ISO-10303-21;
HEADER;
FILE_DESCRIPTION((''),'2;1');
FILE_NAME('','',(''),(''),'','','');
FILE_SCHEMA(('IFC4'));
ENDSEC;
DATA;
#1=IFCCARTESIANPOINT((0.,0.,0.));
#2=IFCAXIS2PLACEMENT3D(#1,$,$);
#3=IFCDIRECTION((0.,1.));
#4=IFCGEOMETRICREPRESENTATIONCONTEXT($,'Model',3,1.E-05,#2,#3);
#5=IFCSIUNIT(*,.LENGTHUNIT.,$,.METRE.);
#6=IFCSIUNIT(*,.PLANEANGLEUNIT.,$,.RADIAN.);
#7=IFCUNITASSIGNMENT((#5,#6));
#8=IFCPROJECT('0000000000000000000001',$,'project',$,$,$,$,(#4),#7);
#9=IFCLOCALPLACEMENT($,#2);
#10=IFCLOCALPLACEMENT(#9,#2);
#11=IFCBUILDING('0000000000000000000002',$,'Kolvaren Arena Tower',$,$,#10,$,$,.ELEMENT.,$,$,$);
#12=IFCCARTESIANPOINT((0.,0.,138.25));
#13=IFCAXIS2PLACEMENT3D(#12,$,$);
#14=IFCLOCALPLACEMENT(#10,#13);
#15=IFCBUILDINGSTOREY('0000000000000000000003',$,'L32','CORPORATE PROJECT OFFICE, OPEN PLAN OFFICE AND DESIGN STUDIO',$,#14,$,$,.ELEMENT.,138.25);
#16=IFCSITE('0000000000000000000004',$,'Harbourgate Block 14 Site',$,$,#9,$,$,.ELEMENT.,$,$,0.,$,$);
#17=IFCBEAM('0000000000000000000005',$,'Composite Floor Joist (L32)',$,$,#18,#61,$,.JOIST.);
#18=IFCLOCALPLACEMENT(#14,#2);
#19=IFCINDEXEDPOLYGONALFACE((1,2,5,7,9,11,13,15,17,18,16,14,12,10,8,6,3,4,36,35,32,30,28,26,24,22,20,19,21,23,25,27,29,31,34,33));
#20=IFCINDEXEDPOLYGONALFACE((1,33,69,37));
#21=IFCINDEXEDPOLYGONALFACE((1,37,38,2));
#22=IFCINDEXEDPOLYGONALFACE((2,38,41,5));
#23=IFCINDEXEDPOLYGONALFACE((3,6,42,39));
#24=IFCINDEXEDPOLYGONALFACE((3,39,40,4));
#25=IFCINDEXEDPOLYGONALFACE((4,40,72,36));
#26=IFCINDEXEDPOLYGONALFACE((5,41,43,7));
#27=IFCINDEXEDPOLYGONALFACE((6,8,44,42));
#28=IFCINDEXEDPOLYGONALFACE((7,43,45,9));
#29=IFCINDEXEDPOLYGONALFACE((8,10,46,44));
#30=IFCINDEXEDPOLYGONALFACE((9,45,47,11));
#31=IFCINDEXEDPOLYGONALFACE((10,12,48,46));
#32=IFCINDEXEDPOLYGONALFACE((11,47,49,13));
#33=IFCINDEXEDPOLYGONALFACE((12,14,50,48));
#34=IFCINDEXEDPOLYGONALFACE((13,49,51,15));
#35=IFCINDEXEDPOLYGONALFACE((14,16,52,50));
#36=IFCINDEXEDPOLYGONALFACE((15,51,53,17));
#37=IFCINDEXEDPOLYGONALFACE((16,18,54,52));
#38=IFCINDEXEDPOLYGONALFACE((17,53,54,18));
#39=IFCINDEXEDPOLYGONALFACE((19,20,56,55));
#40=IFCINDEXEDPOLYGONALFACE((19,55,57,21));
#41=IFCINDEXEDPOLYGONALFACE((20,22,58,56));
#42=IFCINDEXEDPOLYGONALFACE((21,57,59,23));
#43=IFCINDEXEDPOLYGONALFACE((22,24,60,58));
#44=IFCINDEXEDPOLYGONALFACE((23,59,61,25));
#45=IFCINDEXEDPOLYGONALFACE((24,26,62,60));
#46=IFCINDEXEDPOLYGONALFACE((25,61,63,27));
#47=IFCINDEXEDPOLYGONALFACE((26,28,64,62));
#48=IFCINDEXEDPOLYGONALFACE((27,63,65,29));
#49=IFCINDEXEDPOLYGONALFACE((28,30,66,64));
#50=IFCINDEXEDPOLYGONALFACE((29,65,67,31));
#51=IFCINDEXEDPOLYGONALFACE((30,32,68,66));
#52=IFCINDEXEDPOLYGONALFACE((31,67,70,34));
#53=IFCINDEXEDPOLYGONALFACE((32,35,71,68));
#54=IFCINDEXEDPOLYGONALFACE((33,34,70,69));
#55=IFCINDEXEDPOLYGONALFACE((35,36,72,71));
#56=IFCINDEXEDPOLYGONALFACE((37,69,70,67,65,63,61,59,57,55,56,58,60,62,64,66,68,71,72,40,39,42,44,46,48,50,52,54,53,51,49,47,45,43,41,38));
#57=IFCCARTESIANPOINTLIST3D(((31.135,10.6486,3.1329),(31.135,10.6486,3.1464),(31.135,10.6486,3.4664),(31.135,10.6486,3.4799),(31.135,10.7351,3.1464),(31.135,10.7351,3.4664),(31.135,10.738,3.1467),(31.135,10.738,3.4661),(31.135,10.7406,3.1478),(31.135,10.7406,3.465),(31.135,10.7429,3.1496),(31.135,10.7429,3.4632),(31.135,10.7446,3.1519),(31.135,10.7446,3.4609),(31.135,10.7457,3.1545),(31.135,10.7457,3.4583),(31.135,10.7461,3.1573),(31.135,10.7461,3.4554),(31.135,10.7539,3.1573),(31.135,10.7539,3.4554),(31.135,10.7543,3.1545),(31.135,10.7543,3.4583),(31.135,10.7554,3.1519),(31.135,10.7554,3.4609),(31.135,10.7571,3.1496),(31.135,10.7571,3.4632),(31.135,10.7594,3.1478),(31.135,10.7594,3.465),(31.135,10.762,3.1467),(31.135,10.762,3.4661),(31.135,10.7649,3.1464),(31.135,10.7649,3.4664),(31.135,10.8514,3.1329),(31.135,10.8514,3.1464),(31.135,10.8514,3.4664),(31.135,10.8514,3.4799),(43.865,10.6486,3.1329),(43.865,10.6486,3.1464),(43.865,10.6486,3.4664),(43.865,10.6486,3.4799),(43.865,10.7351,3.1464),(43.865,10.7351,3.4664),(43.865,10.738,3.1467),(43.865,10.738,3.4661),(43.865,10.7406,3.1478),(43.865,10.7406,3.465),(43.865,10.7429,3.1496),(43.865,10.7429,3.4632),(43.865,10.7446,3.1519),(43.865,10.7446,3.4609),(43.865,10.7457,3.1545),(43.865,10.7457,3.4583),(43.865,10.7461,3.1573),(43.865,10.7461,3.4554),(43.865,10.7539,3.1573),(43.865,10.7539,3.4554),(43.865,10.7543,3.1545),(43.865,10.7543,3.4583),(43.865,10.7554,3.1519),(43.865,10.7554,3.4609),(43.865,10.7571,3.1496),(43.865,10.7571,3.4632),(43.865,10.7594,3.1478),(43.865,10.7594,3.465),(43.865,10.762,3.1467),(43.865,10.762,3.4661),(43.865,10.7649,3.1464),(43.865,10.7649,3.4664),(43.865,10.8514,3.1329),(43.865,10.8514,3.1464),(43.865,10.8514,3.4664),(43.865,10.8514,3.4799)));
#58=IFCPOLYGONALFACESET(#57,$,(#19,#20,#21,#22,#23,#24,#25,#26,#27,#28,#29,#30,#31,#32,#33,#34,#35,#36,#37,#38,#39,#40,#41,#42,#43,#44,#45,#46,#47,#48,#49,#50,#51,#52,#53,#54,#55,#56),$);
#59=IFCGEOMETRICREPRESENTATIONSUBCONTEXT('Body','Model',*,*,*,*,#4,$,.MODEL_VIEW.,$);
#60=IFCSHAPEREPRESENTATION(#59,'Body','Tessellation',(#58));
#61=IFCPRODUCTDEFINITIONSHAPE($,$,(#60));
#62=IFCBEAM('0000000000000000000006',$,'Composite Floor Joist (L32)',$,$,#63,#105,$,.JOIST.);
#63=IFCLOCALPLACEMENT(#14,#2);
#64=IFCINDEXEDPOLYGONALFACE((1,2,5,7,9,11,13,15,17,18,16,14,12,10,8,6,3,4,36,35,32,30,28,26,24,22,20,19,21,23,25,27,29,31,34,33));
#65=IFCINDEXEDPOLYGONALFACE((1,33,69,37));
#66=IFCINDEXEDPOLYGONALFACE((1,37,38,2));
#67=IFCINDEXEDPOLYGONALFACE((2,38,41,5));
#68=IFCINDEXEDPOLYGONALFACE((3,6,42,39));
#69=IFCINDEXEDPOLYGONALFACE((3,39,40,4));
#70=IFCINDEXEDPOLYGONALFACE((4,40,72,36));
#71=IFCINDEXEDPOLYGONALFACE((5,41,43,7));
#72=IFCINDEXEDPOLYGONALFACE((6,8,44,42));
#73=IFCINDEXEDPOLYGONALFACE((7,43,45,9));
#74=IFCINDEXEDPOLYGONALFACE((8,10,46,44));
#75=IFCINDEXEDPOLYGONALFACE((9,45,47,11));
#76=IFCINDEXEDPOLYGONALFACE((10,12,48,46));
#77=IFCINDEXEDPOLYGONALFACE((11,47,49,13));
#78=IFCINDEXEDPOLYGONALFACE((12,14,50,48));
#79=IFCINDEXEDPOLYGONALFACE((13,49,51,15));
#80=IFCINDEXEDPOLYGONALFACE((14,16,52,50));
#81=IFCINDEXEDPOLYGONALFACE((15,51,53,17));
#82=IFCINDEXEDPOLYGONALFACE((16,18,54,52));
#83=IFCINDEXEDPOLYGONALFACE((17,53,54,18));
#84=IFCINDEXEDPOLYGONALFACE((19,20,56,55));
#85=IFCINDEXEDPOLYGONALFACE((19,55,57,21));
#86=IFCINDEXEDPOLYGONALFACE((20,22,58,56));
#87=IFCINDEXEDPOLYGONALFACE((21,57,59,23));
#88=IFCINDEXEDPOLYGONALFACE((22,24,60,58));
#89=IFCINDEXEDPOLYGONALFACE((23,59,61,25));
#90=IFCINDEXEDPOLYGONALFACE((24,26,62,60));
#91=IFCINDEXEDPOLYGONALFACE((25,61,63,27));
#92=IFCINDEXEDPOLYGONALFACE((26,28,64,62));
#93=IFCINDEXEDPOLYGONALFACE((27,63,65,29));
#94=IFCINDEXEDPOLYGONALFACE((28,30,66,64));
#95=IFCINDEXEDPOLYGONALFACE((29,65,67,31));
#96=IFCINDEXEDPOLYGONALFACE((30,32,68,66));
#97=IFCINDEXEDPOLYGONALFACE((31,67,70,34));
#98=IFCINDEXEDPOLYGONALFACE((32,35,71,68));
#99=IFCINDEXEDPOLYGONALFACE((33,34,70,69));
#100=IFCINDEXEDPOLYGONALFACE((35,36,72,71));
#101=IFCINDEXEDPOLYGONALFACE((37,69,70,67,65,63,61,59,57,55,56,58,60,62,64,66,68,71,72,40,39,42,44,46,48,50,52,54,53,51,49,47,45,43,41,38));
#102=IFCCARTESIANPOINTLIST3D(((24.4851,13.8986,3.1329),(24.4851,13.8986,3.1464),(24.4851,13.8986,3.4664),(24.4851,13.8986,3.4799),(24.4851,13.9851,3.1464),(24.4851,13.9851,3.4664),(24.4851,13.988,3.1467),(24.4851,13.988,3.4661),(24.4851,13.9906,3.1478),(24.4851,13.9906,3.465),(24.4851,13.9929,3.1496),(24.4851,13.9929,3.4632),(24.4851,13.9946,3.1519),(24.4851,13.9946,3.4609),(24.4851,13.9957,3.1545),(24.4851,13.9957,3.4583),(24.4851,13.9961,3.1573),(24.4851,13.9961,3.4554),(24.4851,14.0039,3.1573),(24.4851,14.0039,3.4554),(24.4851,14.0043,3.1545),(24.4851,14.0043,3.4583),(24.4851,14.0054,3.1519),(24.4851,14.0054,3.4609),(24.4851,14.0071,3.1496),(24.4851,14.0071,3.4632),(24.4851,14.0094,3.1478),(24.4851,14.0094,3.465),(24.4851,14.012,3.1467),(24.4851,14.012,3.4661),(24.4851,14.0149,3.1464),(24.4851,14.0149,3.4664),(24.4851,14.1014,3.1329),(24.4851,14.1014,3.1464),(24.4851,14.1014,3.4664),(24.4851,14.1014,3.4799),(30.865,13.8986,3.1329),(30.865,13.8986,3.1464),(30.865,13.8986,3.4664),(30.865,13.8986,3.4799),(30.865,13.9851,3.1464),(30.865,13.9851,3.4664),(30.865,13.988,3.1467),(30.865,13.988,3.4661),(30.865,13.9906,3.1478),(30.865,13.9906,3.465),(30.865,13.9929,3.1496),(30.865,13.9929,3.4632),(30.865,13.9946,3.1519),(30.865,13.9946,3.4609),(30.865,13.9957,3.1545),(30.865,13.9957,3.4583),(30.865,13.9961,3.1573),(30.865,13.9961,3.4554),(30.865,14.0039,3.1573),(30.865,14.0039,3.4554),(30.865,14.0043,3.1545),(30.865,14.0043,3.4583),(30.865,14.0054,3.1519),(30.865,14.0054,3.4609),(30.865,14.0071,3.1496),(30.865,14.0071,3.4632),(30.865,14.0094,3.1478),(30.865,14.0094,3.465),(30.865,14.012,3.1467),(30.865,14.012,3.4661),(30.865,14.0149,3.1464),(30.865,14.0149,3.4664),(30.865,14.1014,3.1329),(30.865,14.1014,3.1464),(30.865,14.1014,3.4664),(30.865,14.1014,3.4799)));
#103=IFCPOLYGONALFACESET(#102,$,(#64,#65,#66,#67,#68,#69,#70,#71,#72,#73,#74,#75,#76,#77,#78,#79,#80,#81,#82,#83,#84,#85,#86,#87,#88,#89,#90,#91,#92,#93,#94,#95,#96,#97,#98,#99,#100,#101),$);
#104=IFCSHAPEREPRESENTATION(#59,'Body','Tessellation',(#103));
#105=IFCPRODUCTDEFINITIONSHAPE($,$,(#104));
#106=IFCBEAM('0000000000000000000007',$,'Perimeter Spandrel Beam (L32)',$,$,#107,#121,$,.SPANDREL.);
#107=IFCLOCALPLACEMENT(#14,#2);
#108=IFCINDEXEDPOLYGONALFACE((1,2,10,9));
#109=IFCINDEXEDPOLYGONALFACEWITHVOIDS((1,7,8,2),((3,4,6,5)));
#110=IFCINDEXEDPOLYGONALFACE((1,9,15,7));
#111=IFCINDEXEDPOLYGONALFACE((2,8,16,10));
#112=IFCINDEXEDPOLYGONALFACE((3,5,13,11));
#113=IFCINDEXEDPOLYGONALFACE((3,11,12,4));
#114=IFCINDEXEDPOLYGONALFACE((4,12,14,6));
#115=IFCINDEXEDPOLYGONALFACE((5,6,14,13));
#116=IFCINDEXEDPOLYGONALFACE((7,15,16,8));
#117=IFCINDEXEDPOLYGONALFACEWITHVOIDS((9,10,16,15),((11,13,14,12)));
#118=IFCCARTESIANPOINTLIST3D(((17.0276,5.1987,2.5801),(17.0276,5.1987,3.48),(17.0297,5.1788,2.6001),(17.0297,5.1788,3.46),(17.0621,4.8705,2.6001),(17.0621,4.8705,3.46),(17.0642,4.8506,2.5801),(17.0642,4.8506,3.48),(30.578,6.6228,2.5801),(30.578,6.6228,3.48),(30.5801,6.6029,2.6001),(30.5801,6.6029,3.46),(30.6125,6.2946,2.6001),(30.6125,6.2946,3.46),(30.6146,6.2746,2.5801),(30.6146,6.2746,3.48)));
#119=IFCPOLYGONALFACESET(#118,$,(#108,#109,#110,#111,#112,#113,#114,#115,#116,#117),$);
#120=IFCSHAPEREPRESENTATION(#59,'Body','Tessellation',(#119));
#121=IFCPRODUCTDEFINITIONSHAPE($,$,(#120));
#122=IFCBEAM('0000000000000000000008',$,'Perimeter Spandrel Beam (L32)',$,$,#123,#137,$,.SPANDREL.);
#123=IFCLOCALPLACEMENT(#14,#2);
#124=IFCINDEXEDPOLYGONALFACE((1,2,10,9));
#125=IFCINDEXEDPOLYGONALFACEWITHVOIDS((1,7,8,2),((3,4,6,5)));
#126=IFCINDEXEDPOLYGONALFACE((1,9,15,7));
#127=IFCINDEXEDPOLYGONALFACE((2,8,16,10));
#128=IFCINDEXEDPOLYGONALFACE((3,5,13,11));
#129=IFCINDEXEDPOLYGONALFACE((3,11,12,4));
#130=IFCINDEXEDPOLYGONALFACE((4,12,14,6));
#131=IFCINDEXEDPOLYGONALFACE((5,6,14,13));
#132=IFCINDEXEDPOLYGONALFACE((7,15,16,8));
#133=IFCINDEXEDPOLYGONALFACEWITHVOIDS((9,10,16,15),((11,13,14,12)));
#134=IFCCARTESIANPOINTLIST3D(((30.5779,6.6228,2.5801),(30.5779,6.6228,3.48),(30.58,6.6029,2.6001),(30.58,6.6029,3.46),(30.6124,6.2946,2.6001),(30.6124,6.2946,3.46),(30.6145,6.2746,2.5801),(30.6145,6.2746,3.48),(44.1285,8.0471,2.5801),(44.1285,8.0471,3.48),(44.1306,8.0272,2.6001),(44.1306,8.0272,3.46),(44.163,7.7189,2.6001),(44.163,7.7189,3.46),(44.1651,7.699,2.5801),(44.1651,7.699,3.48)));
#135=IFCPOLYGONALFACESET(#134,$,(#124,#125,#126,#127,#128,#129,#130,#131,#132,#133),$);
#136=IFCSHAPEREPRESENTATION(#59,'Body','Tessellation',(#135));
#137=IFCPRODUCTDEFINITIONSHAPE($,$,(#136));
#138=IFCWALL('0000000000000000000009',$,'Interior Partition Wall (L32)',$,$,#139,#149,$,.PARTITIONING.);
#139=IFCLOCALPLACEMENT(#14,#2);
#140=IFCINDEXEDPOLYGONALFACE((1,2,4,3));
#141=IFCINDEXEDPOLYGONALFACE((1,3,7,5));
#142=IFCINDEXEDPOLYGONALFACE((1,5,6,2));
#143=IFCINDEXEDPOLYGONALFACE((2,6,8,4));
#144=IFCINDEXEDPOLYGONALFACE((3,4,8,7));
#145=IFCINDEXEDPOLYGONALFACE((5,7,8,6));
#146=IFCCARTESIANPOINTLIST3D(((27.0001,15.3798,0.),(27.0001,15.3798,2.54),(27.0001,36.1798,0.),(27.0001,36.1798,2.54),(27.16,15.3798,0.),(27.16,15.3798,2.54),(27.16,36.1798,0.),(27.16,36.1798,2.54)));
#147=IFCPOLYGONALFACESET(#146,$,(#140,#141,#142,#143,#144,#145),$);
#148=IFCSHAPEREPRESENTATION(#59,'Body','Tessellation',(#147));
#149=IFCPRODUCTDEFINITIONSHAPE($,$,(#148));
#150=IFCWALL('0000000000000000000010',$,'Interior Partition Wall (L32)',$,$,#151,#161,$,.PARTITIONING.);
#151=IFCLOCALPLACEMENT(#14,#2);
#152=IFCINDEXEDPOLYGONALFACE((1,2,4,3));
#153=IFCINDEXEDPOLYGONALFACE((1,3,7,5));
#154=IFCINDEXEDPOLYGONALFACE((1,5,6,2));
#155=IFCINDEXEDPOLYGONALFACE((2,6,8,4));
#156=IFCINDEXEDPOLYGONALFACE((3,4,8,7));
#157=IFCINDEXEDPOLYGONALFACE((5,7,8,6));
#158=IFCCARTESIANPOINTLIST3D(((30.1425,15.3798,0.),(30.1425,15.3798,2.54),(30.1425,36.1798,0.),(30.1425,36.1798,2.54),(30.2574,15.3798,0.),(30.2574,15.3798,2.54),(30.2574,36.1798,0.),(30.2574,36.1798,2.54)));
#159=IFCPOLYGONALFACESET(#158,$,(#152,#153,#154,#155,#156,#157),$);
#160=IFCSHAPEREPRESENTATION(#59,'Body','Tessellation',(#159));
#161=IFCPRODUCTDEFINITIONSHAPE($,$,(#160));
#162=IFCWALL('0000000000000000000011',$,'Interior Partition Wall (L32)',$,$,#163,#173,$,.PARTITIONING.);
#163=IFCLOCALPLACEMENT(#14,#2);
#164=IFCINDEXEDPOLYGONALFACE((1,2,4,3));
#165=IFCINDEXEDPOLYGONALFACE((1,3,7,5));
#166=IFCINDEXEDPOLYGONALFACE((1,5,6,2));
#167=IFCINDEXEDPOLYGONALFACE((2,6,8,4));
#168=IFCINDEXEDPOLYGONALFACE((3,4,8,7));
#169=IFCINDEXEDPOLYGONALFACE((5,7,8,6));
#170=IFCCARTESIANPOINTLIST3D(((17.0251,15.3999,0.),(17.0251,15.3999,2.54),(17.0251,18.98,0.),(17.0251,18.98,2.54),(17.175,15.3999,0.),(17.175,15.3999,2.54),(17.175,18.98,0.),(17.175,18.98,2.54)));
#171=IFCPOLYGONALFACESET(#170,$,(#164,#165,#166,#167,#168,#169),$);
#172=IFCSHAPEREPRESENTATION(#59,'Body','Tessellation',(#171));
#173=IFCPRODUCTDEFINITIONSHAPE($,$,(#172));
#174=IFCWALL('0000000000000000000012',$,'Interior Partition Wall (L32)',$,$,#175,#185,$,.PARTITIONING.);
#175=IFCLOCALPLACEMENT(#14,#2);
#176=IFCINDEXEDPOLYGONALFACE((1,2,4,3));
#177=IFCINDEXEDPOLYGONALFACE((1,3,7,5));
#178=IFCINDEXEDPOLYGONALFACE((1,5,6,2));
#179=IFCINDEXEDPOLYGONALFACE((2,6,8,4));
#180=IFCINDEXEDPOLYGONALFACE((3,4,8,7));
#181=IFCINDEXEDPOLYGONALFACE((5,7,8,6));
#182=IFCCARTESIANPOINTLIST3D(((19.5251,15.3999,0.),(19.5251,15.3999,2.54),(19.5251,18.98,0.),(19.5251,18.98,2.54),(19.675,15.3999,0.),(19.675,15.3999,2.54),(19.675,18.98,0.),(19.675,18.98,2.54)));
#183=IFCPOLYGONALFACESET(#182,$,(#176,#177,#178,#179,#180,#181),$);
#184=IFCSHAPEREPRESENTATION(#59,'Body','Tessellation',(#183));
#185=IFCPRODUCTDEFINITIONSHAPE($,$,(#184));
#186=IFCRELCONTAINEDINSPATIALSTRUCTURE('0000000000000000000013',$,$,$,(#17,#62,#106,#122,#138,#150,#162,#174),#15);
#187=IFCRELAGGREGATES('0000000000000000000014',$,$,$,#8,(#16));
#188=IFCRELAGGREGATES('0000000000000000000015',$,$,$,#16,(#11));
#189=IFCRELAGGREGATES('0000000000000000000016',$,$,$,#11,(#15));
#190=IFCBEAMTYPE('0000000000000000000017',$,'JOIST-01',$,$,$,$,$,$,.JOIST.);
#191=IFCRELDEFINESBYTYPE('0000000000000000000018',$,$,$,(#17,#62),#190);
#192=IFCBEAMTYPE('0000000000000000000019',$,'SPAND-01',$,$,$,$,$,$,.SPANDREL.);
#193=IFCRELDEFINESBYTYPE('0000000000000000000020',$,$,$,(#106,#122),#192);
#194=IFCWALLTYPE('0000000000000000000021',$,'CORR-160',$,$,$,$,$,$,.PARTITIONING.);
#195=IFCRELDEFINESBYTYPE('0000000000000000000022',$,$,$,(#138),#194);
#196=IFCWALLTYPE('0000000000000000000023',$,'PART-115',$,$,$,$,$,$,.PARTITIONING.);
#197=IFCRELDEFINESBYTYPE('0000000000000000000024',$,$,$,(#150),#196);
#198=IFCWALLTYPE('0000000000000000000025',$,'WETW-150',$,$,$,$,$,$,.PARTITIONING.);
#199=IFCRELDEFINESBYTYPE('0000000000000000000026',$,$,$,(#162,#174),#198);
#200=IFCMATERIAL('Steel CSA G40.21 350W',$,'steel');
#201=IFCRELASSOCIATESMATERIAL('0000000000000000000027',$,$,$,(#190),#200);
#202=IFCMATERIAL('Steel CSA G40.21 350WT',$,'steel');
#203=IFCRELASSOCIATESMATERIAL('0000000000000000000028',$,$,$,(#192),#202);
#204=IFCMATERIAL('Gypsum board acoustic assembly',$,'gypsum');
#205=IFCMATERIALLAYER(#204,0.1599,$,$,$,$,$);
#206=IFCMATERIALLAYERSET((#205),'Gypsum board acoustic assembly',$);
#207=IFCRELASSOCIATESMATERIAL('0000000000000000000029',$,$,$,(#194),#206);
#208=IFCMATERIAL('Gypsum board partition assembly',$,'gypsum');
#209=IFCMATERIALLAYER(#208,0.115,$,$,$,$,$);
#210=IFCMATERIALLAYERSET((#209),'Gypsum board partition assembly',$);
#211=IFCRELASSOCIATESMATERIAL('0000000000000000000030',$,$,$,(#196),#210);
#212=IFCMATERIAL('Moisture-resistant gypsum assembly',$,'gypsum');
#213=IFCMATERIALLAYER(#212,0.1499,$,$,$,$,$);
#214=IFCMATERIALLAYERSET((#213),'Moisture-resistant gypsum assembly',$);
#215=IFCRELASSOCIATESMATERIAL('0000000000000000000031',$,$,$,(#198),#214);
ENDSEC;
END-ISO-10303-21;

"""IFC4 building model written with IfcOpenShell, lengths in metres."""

from ifc_helpers import new_model, si_unit, direction, frame, frame_2d, origin, origin_2d, place, context, subcontext, project, spatial, rectangle, hollow_rectangle, i_section, extrude, material, layer, layer_set, material_profile, profile_set, type_object, element, save


model = new_model("IFC4")

# Units and contexts
model_context = context("Model", 3, precision=1e-05, world=origin(), true_north=direction((0.0, 1.0)))
body_context = subcontext(model_context, "Body", "Model", "MODEL_VIEW")
ifc_project = project(units=[si_unit("LENGTHUNIT", "METRE"), si_unit("PLANEANGLEUNIT", "RADIAN")], contexts=[model_context])

# Site, building, storey
site_placement = place(None, origin())
site = spatial("IfcSite", under=ifc_project, at=site_placement, Name="Harbourgate Block 14 Site", CompositionType="ELEMENT", RefElevation=0.0)
building_placement = place(site_placement, origin())
building = spatial("IfcBuilding", under=site, at=building_placement, Name="Kolvaren Arena Tower", CompositionType="ELEMENT")
storey_placement = place(building_placement, frame((0.0, 0.0, 138.25)))
storey = spatial("IfcBuildingStorey", under=building, at=storey_placement, Name="L32", Description="CORPORATE PROJECT OFFICE, OPEN PLAN OFFICE AND DESIGN STUDIO", CompositionType="ELEMENT", Elevation=138.25)

# Beams
ifc_material_1 = material(Name="Steel CSA G40.21 350W", Category="steel")
ifc_material_profile_1 = material_profile(ifc_material_1, i_section(OverallWidth=0.2029, OverallDepth=0.3469, WebThickness=0.0078, FlangeThickness=0.0134, FilletRadius=0.011, at=origin_2d()), Name="W360x64")
ifc_profile_set_1 = profile_set([ifc_material_profile_1], Name="Steel CSA G40.21 350W")
beam_type_1 = type_object("IfcBeamType", Name="JOIST-01", PredefinedType="JOIST", material=ifc_profile_set_1)
beam_1_placement = place(storey_placement, frame((31.135, 10.75, 3.3064), z_axis=(1.0, 0.0, 0.0), x_axis=(0.0, 1.0, 0.0)))
element("IfcBeam", 1, at=beam_1_placement, inside=storey, type_object=beam_type_1, Name="Composite Floor Joist (L32)", PredefinedType="JOIST", context=body_context, shape_type="SweptSolid", body=[
    extrude(i_section(OverallWidth=0.2029, OverallDepth=0.3469, WebThickness=0.0078, FlangeThickness=0.0134, FilletRadius=0.011, at=origin_2d()), origin(), (0.0, 0.0, 1.0), 12.73),
])
beam_2_placement = place(storey_placement, frame((24.4851, 14.0, 3.3064), z_axis=(1.0, 0.0, 0.0), x_axis=(0.0, 1.0, 0.0)))
element("IfcBeam", 2, at=beam_2_placement, inside=storey, type_object=beam_type_1, Name="Composite Floor Joist (L32)", PredefinedType="JOIST", context=body_context, shape_type="SweptSolid", body=[
    extrude(i_section(OverallWidth=0.2029, OverallDepth=0.3469, WebThickness=0.0078, FlangeThickness=0.0134, FilletRadius=0.011, at=origin_2d()), origin(), (0.0, 0.0, 1.0), 6.3799),
])
ifc_material_2 = material(Name="Steel CSA G40.21 350WT", Category="steel")
ifc_material_profile_2 = material_profile(ifc_material_2, hollow_rectangle(XDim=0.3501, YDim=0.8999, WallThickness=0.02, at=origin_2d()), Name="HSS 900x350x20")
ifc_profile_set_2 = profile_set([ifc_material_profile_2], Name="Steel CSA G40.21 350WT")
beam_type_2 = type_object("IfcBeamType", Name="SPAND-01", PredefinedType="SPANDREL", material=ifc_profile_set_2)
beam_3_placement = place(storey_placement, frame((17.0459, 5.0247, 3.03), z_axis=(0.994523, 0.10452, 0.0), x_axis=(-0.10452, 0.994523, 0.0)))
element("IfcBeam", 3, at=beam_3_placement, inside=storey, type_object=beam_type_2, Name="Perimeter Spandrel Beam (L32)", PredefinedType="SPANDREL", context=body_context, shape_type="SweptSolid", body=[
    extrude(hollow_rectangle(XDim=0.3501, YDim=0.8999, WallThickness=0.02, at=origin_2d()), origin(), (0.0, 0.0, 1.0), 13.625),
])
beam_4_placement = place(storey_placement, frame((30.5962, 6.4487, 3.03), z_axis=(0.994521, 0.104536, 0.0), x_axis=(-0.104536, 0.994521, 0.0)))
element("IfcBeam", 4, at=beam_4_placement, inside=storey, type_object=beam_type_2, Name="Perimeter Spandrel Beam (L32)", PredefinedType="SPANDREL", context=body_context, shape_type="SweptSolid", body=[
    extrude(hollow_rectangle(XDim=0.3501, YDim=0.8999, WallThickness=0.02, at=origin_2d()), origin(), (0.0, 0.0, 1.0), 13.6252),
])

# Shared definitions
ifc_material_3 = material(Name="Gypsum board acoustic assembly", Category="gypsum")
ifc_layer_1 = layer(ifc_material_3, 0.1599)
ifc_layer_set_1 = layer_set([ifc_layer_1], Name="Gypsum board acoustic assembly")
wall_type_1 = type_object("IfcWallType", Name="CORR-160", PredefinedType="PARTITIONING", material=ifc_layer_set_1)

# Walls
wall_1_placement = place(storey_placement, frame((27.0801, 15.3799, 0.0), z_axis=(0.0, 0.0, 1.0), x_axis=(0.0, 1.0, 0.0)))
element("IfcWall", 5, at=wall_1_placement, inside=storey, type_object=wall_type_1, Name="Interior Partition Wall (L32)", PredefinedType="PARTITIONING", context=body_context, shape_type="SweptSolid", body=[
    extrude(rectangle(XDim=20.8, YDim=0.1599, at=frame_2d((10.3999, 0.0))), origin(), (0.0, 0.0, 1.0), 2.54),
])
ifc_material_4 = material(Name="Gypsum board partition assembly", Category="gypsum")
ifc_layer_2 = layer(ifc_material_4, 0.115)
ifc_layer_set_2 = layer_set([ifc_layer_2], Name="Gypsum board partition assembly")
wall_type_2 = type_object("IfcWallType", Name="PART-115", PredefinedType="PARTITIONING", material=ifc_layer_set_2)
wall_2_placement = place(storey_placement, frame((30.2, 15.3799, 0.0), z_axis=(0.0, 0.0, 1.0), x_axis=(0.0, 1.0, 0.0)))
element("IfcWall", 6, at=wall_2_placement, inside=storey, type_object=wall_type_2, Name="Interior Partition Wall (L32)", PredefinedType="PARTITIONING", context=body_context, shape_type="SweptSolid", body=[
    extrude(rectangle(XDim=20.8, YDim=0.115, at=frame_2d((10.3999, 0.0))), origin(), (0.0, 0.0, 1.0), 2.54),
])
ifc_material_5 = material(Name="Moisture-resistant gypsum assembly", Category="gypsum")
ifc_layer_3 = layer(ifc_material_5, 0.1499)
ifc_layer_set_3 = layer_set([ifc_layer_3], Name="Moisture-resistant gypsum assembly")
wall_type_3 = type_object("IfcWallType", Name="WETW-150", PredefinedType="PARTITIONING", material=ifc_layer_set_3)
for number, where, z_axis, x_axis, name in (
    (7, (17.1001, 15.3999, 0.0), (0.0, 0.0, 1.0), (0.0, 1.0, 0.0), "Interior Partition Wall (L32)"),
    (8, (19.6001, 15.3999, 0.0), (0.0, 0.0, 1.0), (0.0, 1.0, 0.0), "Interior Partition Wall (L32)"),
):
    element("IfcWall", number, at=place(storey_placement, frame(where, z_axis=z_axis, x_axis=x_axis)), inside=storey, type_object=wall_type_3, Name=name, PredefinedType="PARTITIONING", context=body_context, shape_type="SweptSolid", body=[
        extrude(rectangle(XDim=3.5801, YDim=0.1499, at=frame_2d((1.79, 0.0))), origin(), (0.0, 0.0, 1.0), 2.54),
    ])

save(model, "model.ifc")
